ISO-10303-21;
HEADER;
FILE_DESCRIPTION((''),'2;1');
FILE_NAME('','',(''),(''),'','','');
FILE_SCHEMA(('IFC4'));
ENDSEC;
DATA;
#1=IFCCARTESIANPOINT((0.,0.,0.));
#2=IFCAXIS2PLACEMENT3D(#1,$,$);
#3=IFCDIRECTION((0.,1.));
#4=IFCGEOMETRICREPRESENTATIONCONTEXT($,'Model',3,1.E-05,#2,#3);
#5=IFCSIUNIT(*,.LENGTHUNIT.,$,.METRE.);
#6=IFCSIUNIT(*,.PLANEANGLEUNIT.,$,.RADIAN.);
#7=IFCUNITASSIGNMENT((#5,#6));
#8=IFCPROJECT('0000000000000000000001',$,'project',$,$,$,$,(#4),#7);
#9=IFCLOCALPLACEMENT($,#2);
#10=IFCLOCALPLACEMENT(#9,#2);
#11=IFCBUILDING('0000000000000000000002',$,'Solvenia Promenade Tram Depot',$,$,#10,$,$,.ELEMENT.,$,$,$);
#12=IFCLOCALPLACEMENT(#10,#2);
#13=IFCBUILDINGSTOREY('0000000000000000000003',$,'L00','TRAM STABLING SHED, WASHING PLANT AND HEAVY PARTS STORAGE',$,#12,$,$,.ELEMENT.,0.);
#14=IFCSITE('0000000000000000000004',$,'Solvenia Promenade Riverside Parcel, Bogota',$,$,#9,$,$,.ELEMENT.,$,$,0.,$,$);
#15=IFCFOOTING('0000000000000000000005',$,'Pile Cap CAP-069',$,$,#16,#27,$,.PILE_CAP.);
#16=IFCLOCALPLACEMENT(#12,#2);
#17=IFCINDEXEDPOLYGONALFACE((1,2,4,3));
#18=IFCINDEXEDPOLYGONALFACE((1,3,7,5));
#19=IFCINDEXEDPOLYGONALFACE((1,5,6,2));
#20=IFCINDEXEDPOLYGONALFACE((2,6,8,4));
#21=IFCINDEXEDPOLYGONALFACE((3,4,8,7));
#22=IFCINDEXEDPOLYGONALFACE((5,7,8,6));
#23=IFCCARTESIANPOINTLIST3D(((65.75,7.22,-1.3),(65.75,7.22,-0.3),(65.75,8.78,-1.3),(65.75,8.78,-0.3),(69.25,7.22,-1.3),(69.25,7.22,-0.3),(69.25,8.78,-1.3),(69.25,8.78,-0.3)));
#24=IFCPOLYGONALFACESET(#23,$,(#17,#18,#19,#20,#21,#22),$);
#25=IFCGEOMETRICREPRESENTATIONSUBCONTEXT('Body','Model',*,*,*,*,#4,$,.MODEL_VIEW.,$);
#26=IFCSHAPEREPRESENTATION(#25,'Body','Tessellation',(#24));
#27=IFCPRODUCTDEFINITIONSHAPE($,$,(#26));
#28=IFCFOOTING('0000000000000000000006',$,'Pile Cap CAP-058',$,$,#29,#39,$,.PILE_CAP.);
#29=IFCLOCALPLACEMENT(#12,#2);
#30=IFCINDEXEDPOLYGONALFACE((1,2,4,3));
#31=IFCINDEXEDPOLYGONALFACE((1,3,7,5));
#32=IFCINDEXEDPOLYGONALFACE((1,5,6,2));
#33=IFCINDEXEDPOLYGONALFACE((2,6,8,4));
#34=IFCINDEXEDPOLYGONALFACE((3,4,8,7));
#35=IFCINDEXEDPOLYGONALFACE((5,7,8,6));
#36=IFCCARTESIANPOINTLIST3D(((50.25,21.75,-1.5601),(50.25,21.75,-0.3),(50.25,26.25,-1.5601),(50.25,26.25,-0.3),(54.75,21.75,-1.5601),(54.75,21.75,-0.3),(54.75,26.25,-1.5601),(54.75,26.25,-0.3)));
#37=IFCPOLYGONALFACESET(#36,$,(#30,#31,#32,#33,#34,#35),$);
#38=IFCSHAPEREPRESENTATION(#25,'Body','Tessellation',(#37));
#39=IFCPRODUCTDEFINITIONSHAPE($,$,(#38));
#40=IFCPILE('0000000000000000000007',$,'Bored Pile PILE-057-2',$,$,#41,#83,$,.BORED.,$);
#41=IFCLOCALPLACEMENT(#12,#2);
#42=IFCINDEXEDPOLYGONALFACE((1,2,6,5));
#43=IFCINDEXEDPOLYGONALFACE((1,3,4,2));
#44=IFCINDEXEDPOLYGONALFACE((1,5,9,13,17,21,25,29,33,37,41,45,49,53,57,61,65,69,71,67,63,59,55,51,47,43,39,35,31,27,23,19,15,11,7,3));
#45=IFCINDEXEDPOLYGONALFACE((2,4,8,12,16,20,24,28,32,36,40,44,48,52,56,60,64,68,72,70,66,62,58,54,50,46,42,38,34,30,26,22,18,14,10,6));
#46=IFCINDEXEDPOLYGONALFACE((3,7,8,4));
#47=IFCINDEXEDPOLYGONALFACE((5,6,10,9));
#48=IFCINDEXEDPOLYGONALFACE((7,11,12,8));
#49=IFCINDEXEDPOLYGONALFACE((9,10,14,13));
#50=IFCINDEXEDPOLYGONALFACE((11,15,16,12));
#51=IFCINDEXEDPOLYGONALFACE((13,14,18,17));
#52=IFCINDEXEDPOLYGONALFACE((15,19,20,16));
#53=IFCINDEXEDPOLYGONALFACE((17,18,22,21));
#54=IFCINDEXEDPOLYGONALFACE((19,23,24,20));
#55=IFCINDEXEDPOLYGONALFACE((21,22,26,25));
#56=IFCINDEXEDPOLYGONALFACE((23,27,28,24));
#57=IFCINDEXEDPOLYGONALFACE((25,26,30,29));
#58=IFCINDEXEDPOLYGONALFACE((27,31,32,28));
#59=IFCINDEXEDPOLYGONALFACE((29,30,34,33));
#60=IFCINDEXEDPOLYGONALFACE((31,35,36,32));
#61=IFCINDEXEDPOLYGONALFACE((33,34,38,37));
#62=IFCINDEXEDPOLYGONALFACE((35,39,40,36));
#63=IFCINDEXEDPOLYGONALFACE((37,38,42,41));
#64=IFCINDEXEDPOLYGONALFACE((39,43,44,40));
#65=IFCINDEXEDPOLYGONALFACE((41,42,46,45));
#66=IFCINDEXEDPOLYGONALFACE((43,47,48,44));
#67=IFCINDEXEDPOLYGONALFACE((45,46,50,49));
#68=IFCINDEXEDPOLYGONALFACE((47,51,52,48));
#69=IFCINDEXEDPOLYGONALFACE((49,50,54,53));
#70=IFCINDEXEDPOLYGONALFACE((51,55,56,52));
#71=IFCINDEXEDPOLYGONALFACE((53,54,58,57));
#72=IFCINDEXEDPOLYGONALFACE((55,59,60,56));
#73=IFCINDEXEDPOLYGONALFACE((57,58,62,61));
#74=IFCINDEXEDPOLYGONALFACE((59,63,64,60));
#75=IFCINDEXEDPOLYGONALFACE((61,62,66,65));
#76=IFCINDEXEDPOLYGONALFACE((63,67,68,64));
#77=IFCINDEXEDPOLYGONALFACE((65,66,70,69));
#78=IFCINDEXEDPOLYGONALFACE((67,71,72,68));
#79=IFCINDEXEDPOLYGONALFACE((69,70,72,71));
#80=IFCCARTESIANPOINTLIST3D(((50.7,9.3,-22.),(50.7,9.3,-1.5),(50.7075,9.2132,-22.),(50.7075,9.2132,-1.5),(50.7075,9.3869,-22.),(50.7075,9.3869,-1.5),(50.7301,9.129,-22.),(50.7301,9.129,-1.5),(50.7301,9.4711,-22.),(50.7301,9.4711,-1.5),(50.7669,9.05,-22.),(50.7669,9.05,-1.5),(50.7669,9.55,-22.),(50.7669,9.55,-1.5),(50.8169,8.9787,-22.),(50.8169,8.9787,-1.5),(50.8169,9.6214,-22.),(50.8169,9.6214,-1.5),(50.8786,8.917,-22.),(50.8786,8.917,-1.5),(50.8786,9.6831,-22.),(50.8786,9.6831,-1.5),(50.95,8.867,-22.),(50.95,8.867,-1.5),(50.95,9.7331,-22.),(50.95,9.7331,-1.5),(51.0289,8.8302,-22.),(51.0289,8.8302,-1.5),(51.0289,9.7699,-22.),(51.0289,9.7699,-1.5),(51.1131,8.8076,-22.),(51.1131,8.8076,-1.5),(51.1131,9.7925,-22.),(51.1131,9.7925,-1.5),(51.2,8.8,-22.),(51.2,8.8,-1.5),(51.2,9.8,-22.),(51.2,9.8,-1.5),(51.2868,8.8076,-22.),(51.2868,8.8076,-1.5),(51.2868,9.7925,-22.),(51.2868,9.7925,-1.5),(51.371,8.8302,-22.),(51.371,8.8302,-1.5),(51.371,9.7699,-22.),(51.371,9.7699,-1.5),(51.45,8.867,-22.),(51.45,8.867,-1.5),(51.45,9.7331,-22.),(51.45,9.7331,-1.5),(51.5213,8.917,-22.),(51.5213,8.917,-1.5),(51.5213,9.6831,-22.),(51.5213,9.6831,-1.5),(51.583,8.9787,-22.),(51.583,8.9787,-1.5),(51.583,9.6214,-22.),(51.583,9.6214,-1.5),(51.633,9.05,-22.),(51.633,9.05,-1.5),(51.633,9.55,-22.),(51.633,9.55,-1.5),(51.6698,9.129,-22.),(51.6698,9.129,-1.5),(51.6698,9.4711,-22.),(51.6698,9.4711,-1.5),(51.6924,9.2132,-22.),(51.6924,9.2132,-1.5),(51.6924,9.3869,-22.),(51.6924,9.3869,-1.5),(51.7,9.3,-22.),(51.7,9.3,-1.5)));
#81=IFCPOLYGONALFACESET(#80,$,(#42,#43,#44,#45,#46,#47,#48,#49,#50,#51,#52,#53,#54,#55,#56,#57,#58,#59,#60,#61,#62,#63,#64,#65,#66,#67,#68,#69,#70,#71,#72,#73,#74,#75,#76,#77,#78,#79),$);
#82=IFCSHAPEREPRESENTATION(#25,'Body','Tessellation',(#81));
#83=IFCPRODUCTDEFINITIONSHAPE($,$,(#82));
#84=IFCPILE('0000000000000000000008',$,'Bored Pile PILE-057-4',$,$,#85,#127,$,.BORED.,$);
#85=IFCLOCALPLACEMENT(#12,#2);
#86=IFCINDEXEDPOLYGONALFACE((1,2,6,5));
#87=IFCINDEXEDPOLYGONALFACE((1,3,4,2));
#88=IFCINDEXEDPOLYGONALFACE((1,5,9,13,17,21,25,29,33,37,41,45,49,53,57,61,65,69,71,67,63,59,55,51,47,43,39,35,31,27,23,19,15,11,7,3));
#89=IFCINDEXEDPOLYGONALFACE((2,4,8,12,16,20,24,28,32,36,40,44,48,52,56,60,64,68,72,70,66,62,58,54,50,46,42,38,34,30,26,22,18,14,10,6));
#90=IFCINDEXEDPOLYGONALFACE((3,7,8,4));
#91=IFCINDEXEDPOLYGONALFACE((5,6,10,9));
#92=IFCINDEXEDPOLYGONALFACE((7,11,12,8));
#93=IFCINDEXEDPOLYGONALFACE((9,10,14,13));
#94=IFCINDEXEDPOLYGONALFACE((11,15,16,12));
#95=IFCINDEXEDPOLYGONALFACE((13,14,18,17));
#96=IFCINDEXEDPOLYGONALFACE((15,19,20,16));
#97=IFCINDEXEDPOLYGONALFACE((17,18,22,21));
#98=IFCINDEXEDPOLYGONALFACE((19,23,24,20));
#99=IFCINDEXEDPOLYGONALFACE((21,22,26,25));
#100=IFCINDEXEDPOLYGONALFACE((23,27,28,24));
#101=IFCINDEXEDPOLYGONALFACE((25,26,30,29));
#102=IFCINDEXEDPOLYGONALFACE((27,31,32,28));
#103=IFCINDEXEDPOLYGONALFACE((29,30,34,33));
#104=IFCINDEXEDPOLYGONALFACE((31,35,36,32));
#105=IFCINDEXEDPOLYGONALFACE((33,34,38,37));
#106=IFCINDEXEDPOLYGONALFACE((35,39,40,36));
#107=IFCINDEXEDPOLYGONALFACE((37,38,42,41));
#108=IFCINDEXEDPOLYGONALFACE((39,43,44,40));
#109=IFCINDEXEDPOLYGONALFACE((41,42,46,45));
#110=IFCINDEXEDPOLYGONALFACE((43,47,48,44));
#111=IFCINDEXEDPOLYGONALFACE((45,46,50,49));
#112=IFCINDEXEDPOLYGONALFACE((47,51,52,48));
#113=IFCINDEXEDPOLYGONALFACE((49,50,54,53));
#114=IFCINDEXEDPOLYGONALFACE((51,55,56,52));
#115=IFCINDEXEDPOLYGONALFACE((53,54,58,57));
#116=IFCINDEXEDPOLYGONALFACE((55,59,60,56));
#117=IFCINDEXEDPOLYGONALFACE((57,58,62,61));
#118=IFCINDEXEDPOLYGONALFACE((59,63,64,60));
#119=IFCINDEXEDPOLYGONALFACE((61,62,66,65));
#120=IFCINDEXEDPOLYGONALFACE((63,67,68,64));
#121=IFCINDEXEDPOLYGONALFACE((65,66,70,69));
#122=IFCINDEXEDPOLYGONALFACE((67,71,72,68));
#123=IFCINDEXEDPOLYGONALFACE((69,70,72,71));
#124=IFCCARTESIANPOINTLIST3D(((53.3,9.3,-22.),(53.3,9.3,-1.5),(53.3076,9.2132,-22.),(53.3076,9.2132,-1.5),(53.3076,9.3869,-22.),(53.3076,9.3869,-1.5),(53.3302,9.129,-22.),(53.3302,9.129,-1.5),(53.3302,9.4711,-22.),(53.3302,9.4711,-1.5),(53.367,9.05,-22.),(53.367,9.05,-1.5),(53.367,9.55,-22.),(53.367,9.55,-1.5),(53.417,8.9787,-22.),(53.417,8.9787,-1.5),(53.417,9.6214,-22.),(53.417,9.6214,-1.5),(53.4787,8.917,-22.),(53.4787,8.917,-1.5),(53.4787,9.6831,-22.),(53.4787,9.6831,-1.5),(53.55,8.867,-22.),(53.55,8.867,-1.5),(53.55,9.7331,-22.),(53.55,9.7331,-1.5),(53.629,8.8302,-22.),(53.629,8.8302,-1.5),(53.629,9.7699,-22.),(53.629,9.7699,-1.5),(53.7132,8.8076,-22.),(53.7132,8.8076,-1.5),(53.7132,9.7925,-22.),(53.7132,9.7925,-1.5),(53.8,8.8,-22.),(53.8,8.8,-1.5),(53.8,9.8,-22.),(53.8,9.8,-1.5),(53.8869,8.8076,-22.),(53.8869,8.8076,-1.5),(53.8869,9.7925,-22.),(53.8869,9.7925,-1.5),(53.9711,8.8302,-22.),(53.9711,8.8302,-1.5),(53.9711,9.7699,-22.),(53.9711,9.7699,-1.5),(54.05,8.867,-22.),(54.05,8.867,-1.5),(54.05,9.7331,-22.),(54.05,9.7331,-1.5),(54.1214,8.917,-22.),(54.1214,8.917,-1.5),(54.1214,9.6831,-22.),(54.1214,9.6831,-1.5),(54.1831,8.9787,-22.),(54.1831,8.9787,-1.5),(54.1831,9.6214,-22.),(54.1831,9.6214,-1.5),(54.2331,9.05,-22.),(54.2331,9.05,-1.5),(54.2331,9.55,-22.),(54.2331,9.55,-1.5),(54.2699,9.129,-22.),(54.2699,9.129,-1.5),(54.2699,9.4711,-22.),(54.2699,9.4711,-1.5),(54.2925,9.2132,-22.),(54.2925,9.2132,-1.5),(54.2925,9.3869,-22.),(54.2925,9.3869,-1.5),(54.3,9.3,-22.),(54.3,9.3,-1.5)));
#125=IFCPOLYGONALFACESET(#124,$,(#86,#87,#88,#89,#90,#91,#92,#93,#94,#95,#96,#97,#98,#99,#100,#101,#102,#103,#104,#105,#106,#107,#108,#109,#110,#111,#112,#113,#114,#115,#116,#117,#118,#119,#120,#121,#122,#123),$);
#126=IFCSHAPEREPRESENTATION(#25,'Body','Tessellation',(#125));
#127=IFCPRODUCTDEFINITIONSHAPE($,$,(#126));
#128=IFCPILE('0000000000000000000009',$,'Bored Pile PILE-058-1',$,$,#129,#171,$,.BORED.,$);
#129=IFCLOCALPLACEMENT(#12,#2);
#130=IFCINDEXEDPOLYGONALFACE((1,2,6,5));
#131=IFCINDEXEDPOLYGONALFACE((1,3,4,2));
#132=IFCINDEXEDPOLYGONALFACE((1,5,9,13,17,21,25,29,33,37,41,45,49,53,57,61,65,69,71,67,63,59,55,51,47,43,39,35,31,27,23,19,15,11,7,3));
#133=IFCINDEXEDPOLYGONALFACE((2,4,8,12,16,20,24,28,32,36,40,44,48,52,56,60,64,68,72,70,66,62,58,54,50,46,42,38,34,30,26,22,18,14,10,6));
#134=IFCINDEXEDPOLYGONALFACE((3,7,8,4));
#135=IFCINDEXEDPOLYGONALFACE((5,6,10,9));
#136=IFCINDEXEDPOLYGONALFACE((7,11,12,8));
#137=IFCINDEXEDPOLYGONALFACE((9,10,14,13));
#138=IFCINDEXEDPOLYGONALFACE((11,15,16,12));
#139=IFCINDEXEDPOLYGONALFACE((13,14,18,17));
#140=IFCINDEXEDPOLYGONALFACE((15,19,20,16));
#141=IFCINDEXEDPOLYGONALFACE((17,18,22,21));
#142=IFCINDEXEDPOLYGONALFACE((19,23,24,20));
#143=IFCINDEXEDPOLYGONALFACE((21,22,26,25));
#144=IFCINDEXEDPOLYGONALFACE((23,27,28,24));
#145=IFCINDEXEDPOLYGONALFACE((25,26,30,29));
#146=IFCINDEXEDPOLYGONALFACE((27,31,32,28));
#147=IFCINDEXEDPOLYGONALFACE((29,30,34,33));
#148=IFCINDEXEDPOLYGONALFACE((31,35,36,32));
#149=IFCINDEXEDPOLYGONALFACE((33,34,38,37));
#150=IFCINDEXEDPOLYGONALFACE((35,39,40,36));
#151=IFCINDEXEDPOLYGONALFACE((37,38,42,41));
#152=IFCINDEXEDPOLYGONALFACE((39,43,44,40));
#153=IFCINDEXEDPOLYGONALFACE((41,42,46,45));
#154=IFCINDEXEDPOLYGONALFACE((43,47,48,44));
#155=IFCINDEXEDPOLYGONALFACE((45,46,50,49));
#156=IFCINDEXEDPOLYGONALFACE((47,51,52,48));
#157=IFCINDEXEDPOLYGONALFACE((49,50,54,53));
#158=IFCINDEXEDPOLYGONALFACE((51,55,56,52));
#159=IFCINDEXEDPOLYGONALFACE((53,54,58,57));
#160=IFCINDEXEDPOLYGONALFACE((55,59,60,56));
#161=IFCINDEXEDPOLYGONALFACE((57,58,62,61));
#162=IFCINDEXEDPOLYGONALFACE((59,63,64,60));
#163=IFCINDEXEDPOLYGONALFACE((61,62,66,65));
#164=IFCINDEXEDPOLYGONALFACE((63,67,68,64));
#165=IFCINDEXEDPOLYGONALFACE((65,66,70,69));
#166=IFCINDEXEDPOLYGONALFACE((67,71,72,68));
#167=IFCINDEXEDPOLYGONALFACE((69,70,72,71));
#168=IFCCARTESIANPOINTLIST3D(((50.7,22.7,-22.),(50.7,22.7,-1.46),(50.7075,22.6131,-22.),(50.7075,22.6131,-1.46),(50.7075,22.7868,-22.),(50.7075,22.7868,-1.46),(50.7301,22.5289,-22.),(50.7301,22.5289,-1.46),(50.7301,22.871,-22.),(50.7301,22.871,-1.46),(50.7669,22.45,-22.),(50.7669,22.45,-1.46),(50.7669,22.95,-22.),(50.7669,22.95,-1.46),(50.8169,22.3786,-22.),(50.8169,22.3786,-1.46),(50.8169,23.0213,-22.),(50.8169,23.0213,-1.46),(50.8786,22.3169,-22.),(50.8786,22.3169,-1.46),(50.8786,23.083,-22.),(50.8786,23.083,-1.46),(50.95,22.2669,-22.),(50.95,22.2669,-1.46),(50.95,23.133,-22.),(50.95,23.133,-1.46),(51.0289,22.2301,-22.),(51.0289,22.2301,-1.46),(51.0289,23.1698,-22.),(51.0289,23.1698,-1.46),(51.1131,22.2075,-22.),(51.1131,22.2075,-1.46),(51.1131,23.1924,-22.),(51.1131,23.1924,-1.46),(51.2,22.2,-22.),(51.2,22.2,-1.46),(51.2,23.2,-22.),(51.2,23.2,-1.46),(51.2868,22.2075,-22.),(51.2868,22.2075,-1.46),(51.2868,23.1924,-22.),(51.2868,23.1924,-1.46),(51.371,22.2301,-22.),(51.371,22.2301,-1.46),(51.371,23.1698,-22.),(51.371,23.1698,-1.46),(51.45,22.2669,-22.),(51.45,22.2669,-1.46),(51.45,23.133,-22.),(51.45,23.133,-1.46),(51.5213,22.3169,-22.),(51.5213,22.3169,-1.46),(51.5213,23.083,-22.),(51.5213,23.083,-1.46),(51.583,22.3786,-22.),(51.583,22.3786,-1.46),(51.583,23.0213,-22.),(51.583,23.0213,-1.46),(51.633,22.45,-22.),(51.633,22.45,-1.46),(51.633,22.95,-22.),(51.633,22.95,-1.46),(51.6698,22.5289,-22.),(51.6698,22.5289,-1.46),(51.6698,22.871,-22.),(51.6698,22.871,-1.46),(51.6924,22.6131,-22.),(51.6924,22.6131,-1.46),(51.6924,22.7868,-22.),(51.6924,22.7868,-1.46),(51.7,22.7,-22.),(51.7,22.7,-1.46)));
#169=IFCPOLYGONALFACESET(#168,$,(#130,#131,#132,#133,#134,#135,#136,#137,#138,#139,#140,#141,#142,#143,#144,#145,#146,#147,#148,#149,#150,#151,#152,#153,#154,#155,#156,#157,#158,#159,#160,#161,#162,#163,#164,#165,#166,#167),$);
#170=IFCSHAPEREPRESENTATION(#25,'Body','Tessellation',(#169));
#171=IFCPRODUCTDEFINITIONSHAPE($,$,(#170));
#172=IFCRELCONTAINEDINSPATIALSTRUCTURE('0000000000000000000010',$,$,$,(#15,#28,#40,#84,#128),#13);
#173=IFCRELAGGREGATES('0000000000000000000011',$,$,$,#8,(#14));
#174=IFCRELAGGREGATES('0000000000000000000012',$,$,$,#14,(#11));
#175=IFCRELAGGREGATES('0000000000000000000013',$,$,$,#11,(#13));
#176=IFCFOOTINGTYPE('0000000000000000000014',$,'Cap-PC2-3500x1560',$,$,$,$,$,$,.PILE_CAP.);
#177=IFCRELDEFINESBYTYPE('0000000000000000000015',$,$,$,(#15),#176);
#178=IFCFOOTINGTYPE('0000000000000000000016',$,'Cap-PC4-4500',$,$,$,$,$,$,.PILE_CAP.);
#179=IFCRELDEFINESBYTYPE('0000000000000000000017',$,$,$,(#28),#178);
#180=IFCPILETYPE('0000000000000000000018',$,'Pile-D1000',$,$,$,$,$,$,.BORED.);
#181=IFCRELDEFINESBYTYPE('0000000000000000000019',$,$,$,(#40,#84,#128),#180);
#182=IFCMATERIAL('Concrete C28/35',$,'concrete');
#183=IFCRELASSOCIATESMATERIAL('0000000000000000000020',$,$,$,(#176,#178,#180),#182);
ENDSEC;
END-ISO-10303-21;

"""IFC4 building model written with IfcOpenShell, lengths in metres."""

from ifc_helpers import new_model, si_unit, direction, frame, origin, origin_2d, place, context, subcontext, project, spatial, rectangle, circle, extrude, material, material_profile, profile_set, type_object, element, save


model = new_model("IFC4")

# Units and contexts
model_context = context("Model", 3, precision=1e-05, world=origin(), true_north=direction((0.0, 1.0)))
body_context = subcontext(model_context, "Body", "Model", "MODEL_VIEW")
ifc_project = project(units=[si_unit("LENGTHUNIT", "METRE"), si_unit("PLANEANGLEUNIT", "RADIAN")], contexts=[model_context])

# Site, building, storey
site_placement = place(None, origin())
site = spatial("IfcSite", under=ifc_project, at=site_placement, Name="Solvenia Promenade Riverside Parcel, Bogota", CompositionType="ELEMENT", RefElevation=0.0)
building_placement = place(site_placement, origin())
building = spatial("IfcBuilding", under=site, at=building_placement, Name="Solvenia Promenade Tram Depot", CompositionType="ELEMENT")
storey_placement = place(building_placement, origin())
storey = spatial("IfcBuildingStorey", under=building, at=storey_placement, Name="L00", Description="TRAM STABLING SHED, WASHING PLANT AND HEAVY PARTS STORAGE", CompositionType="ELEMENT", Elevation=0.0)

# Footings
ifc_material_1 = material(Name="Concrete C28/35", Category="concrete")
footing_type_1 = type_object("IfcFootingType", Name="Cap-PC2-3500x1560", PredefinedType="PILE_CAP", material=ifc_material_1)
footing_1_placement = place(storey_placement, frame((67.5, 8.0, -1.3), z_axis=(0.0, 0.0, 1.0), x_axis=(1.0, 0.0, 0.0)))
element("IfcFooting", 1, at=footing_1_placement, inside=storey, type_object=footing_type_1, Name="Pile Cap CAP-069", PredefinedType="PILE_CAP", context=body_context, shape_type="SweptSolid", body=[
    extrude(rectangle(XDim=3.5, YDim=1.5601, at=origin_2d()), origin(), (0.0, 0.0, 1.0), 1.0),
])
footing_type_2 = type_object("IfcFootingType", Name="Cap-PC4-4500", PredefinedType="PILE_CAP", material=ifc_material_1)
footing_2_placement = place(storey_placement, frame((52.5, 24.0, -1.5601), z_axis=(0.0, 0.0, 1.0), x_axis=(1.0, 0.0, 0.0)))
element("IfcFooting", 2, at=footing_2_placement, inside=storey, type_object=footing_type_2, Name="Pile Cap CAP-058", PredefinedType="PILE_CAP", context=body_context, shape_type="SweptSolid", body=[
    extrude(rectangle(XDim=4.5, YDim=4.5, at=origin_2d()), origin(), (0.0, 0.0, 1.0), 1.26),
])

# Piles
ifc_material_profile_1 = material_profile(ifc_material_1, circle(Radius=0.5, at=origin_2d()), Name="D1000", Category="concrete")
ifc_profile_set_1 = profile_set([ifc_material_profile_1], Name="Concrete C28/35")
pile_type_1 = type_object("IfcPileType", Name="Pile-D1000", PredefinedType="BORED", material=ifc_profile_set_1)
for number, where, z_axis, x_axis, name in (
    (3, (51.2, 9.3, -1.5), (0.0, 0.0, -1.0), (1.0, 0.0, 0.0), "Bored Pile PILE-057-2"),
    (4, (53.8, 9.3, -1.5), (0.0, 0.0, -1.0), (1.0, 0.0, 0.0), "Bored Pile PILE-057-4"),
):
    element("IfcPile", number, at=place(storey_placement, frame(where, z_axis=z_axis, x_axis=x_axis)), inside=storey, type_object=pile_type_1, Name=name, PredefinedType="BORED", context=body_context, shape_type="SweptSolid", body=[
        extrude(circle(Radius=0.5, at=origin_2d()), origin(), (0.0, 0.0, 1.0), 20.5),
    ])
for number, where, z_axis, x_axis, name in (
    (5, (51.2, 22.7, -1.46), (0.0, 0.0, -1.0), (1.0, 0.0, 0.0), "Bored Pile PILE-058-1"),
):
    element("IfcPile", number, at=place(storey_placement, frame(where, z_axis=z_axis, x_axis=x_axis)), inside=storey, type_object=pile_type_1, Name=name, PredefinedType="BORED", context=body_context, shape_type="SweptSolid", body=[
        extrude(circle(Radius=0.5, at=origin_2d()), origin(), (0.0, 0.0, 1.0), 20.54),
    ])

save(model, "model.ifc")
